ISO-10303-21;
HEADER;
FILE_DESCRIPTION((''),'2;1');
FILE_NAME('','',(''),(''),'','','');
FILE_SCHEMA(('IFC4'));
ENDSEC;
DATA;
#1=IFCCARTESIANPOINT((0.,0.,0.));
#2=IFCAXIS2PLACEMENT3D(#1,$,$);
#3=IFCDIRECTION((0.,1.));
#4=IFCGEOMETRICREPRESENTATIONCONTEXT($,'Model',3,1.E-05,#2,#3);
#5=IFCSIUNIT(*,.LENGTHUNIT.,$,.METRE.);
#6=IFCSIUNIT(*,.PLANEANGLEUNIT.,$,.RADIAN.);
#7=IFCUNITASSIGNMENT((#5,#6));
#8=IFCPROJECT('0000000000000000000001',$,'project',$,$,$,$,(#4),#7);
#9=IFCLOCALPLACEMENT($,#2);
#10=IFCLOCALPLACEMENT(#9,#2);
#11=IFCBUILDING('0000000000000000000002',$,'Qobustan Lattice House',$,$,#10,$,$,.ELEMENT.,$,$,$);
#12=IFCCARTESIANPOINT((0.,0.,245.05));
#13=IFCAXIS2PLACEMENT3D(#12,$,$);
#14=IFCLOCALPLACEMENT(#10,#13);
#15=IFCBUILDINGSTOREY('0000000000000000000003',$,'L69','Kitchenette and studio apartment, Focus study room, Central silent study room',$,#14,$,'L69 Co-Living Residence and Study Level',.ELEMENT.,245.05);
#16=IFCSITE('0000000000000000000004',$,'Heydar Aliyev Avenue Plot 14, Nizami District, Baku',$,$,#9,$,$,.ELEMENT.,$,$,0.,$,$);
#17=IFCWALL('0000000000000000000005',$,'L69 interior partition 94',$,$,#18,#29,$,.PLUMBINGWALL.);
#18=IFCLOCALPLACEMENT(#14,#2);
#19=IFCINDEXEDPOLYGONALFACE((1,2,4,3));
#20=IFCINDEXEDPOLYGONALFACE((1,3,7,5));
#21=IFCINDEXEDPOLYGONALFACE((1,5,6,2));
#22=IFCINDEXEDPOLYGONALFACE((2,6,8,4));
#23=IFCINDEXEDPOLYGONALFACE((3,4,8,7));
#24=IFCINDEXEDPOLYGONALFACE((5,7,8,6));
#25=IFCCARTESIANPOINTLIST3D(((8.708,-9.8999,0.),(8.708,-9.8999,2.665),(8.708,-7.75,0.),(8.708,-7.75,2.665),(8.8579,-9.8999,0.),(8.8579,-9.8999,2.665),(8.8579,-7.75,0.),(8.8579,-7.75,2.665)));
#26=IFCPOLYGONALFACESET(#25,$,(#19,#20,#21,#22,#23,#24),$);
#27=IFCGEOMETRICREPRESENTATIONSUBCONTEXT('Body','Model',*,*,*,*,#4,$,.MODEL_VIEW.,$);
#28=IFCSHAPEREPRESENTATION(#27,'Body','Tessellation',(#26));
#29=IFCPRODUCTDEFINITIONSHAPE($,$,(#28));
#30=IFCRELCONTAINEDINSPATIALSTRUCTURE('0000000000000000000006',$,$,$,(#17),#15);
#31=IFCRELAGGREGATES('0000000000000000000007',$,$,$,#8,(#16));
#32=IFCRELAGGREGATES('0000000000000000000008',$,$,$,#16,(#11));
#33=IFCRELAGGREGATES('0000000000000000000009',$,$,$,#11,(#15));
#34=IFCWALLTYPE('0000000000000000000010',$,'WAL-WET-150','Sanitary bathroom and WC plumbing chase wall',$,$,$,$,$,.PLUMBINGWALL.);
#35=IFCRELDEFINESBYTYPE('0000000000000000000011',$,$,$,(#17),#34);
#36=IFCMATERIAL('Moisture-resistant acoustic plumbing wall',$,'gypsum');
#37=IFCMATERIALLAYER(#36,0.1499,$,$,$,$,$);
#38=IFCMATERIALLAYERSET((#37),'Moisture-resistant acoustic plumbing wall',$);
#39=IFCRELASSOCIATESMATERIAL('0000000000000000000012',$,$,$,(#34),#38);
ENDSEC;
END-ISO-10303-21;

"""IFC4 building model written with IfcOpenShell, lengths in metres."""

from ifc_helpers import new_model, si_unit, direction, frame, frame_2d, origin, place, context, subcontext, project, spatial, rectangle, extrude, material, layer, layer_set, type_object, element, save


model = new_model("IFC4")

# Units and contexts
model_context = context("Model", 3, precision=1e-05, world=origin(), true_north=direction((0.0, 1.0)))
body_context = subcontext(model_context, "Body", "Model", "MODEL_VIEW")
ifc_project = project(units=[si_unit("LENGTHUNIT", "METRE"), si_unit("PLANEANGLEUNIT", "RADIAN")], contexts=[model_context])

# Site, building, storey
site_placement = place(None, origin())
site = spatial("IfcSite", under=ifc_project, at=site_placement, Name="Heydar Aliyev Avenue Plot 14, Nizami District, Baku", CompositionType="ELEMENT", RefElevation=0.0)
building_placement = place(site_placement, origin())
building = spatial("IfcBuilding", under=site, at=building_placement, Name="Qobustan Lattice House", CompositionType="ELEMENT")
storey_placement = place(building_placement, frame((0.0, 0.0, 245.05)))
storey = spatial("IfcBuildingStorey", under=building, at=storey_placement, Name="L69", Description="Kitchenette and studio apartment, Focus study room, Central silent study room", LongName="L69 Co-Living Residence and Study Level", CompositionType="ELEMENT", Elevation=245.05)

# Shared definitions
ifc_material_1 = material(Name="Moisture-resistant acoustic plumbing wall", Category="gypsum")
ifc_layer_1 = layer(ifc_material_1, 0.1499)
ifc_layer_set_1 = layer_set([ifc_layer_1], Name="Moisture-resistant acoustic plumbing wall")
wall_type_1 = type_object("IfcWallType", Name="WAL-WET-150", Description="Sanitary bathroom and WC plumbing chase wall", PredefinedType="PLUMBINGWALL", material=ifc_layer_set_1)

# Wall
wall_1_placement = place(storey_placement, frame((8.783, -9.8999, 0.0), z_axis=(0.0, 0.0, 1.0), x_axis=(0.0, 1.0, 0.0)))
element("IfcWall", 1, at=wall_1_placement, inside=storey, type_object=wall_type_1, Name="L69 interior partition 94", PredefinedType="PLUMBINGWALL", context=body_context, shape_type="SweptSolid", body=[
    extrude(rectangle(XDim=2.1499, YDim=0.1499, at=frame_2d((1.075, 0.0))), origin(), (0.0, 0.0, 1.0), 2.665),
])

save(model, "model.ifc")
